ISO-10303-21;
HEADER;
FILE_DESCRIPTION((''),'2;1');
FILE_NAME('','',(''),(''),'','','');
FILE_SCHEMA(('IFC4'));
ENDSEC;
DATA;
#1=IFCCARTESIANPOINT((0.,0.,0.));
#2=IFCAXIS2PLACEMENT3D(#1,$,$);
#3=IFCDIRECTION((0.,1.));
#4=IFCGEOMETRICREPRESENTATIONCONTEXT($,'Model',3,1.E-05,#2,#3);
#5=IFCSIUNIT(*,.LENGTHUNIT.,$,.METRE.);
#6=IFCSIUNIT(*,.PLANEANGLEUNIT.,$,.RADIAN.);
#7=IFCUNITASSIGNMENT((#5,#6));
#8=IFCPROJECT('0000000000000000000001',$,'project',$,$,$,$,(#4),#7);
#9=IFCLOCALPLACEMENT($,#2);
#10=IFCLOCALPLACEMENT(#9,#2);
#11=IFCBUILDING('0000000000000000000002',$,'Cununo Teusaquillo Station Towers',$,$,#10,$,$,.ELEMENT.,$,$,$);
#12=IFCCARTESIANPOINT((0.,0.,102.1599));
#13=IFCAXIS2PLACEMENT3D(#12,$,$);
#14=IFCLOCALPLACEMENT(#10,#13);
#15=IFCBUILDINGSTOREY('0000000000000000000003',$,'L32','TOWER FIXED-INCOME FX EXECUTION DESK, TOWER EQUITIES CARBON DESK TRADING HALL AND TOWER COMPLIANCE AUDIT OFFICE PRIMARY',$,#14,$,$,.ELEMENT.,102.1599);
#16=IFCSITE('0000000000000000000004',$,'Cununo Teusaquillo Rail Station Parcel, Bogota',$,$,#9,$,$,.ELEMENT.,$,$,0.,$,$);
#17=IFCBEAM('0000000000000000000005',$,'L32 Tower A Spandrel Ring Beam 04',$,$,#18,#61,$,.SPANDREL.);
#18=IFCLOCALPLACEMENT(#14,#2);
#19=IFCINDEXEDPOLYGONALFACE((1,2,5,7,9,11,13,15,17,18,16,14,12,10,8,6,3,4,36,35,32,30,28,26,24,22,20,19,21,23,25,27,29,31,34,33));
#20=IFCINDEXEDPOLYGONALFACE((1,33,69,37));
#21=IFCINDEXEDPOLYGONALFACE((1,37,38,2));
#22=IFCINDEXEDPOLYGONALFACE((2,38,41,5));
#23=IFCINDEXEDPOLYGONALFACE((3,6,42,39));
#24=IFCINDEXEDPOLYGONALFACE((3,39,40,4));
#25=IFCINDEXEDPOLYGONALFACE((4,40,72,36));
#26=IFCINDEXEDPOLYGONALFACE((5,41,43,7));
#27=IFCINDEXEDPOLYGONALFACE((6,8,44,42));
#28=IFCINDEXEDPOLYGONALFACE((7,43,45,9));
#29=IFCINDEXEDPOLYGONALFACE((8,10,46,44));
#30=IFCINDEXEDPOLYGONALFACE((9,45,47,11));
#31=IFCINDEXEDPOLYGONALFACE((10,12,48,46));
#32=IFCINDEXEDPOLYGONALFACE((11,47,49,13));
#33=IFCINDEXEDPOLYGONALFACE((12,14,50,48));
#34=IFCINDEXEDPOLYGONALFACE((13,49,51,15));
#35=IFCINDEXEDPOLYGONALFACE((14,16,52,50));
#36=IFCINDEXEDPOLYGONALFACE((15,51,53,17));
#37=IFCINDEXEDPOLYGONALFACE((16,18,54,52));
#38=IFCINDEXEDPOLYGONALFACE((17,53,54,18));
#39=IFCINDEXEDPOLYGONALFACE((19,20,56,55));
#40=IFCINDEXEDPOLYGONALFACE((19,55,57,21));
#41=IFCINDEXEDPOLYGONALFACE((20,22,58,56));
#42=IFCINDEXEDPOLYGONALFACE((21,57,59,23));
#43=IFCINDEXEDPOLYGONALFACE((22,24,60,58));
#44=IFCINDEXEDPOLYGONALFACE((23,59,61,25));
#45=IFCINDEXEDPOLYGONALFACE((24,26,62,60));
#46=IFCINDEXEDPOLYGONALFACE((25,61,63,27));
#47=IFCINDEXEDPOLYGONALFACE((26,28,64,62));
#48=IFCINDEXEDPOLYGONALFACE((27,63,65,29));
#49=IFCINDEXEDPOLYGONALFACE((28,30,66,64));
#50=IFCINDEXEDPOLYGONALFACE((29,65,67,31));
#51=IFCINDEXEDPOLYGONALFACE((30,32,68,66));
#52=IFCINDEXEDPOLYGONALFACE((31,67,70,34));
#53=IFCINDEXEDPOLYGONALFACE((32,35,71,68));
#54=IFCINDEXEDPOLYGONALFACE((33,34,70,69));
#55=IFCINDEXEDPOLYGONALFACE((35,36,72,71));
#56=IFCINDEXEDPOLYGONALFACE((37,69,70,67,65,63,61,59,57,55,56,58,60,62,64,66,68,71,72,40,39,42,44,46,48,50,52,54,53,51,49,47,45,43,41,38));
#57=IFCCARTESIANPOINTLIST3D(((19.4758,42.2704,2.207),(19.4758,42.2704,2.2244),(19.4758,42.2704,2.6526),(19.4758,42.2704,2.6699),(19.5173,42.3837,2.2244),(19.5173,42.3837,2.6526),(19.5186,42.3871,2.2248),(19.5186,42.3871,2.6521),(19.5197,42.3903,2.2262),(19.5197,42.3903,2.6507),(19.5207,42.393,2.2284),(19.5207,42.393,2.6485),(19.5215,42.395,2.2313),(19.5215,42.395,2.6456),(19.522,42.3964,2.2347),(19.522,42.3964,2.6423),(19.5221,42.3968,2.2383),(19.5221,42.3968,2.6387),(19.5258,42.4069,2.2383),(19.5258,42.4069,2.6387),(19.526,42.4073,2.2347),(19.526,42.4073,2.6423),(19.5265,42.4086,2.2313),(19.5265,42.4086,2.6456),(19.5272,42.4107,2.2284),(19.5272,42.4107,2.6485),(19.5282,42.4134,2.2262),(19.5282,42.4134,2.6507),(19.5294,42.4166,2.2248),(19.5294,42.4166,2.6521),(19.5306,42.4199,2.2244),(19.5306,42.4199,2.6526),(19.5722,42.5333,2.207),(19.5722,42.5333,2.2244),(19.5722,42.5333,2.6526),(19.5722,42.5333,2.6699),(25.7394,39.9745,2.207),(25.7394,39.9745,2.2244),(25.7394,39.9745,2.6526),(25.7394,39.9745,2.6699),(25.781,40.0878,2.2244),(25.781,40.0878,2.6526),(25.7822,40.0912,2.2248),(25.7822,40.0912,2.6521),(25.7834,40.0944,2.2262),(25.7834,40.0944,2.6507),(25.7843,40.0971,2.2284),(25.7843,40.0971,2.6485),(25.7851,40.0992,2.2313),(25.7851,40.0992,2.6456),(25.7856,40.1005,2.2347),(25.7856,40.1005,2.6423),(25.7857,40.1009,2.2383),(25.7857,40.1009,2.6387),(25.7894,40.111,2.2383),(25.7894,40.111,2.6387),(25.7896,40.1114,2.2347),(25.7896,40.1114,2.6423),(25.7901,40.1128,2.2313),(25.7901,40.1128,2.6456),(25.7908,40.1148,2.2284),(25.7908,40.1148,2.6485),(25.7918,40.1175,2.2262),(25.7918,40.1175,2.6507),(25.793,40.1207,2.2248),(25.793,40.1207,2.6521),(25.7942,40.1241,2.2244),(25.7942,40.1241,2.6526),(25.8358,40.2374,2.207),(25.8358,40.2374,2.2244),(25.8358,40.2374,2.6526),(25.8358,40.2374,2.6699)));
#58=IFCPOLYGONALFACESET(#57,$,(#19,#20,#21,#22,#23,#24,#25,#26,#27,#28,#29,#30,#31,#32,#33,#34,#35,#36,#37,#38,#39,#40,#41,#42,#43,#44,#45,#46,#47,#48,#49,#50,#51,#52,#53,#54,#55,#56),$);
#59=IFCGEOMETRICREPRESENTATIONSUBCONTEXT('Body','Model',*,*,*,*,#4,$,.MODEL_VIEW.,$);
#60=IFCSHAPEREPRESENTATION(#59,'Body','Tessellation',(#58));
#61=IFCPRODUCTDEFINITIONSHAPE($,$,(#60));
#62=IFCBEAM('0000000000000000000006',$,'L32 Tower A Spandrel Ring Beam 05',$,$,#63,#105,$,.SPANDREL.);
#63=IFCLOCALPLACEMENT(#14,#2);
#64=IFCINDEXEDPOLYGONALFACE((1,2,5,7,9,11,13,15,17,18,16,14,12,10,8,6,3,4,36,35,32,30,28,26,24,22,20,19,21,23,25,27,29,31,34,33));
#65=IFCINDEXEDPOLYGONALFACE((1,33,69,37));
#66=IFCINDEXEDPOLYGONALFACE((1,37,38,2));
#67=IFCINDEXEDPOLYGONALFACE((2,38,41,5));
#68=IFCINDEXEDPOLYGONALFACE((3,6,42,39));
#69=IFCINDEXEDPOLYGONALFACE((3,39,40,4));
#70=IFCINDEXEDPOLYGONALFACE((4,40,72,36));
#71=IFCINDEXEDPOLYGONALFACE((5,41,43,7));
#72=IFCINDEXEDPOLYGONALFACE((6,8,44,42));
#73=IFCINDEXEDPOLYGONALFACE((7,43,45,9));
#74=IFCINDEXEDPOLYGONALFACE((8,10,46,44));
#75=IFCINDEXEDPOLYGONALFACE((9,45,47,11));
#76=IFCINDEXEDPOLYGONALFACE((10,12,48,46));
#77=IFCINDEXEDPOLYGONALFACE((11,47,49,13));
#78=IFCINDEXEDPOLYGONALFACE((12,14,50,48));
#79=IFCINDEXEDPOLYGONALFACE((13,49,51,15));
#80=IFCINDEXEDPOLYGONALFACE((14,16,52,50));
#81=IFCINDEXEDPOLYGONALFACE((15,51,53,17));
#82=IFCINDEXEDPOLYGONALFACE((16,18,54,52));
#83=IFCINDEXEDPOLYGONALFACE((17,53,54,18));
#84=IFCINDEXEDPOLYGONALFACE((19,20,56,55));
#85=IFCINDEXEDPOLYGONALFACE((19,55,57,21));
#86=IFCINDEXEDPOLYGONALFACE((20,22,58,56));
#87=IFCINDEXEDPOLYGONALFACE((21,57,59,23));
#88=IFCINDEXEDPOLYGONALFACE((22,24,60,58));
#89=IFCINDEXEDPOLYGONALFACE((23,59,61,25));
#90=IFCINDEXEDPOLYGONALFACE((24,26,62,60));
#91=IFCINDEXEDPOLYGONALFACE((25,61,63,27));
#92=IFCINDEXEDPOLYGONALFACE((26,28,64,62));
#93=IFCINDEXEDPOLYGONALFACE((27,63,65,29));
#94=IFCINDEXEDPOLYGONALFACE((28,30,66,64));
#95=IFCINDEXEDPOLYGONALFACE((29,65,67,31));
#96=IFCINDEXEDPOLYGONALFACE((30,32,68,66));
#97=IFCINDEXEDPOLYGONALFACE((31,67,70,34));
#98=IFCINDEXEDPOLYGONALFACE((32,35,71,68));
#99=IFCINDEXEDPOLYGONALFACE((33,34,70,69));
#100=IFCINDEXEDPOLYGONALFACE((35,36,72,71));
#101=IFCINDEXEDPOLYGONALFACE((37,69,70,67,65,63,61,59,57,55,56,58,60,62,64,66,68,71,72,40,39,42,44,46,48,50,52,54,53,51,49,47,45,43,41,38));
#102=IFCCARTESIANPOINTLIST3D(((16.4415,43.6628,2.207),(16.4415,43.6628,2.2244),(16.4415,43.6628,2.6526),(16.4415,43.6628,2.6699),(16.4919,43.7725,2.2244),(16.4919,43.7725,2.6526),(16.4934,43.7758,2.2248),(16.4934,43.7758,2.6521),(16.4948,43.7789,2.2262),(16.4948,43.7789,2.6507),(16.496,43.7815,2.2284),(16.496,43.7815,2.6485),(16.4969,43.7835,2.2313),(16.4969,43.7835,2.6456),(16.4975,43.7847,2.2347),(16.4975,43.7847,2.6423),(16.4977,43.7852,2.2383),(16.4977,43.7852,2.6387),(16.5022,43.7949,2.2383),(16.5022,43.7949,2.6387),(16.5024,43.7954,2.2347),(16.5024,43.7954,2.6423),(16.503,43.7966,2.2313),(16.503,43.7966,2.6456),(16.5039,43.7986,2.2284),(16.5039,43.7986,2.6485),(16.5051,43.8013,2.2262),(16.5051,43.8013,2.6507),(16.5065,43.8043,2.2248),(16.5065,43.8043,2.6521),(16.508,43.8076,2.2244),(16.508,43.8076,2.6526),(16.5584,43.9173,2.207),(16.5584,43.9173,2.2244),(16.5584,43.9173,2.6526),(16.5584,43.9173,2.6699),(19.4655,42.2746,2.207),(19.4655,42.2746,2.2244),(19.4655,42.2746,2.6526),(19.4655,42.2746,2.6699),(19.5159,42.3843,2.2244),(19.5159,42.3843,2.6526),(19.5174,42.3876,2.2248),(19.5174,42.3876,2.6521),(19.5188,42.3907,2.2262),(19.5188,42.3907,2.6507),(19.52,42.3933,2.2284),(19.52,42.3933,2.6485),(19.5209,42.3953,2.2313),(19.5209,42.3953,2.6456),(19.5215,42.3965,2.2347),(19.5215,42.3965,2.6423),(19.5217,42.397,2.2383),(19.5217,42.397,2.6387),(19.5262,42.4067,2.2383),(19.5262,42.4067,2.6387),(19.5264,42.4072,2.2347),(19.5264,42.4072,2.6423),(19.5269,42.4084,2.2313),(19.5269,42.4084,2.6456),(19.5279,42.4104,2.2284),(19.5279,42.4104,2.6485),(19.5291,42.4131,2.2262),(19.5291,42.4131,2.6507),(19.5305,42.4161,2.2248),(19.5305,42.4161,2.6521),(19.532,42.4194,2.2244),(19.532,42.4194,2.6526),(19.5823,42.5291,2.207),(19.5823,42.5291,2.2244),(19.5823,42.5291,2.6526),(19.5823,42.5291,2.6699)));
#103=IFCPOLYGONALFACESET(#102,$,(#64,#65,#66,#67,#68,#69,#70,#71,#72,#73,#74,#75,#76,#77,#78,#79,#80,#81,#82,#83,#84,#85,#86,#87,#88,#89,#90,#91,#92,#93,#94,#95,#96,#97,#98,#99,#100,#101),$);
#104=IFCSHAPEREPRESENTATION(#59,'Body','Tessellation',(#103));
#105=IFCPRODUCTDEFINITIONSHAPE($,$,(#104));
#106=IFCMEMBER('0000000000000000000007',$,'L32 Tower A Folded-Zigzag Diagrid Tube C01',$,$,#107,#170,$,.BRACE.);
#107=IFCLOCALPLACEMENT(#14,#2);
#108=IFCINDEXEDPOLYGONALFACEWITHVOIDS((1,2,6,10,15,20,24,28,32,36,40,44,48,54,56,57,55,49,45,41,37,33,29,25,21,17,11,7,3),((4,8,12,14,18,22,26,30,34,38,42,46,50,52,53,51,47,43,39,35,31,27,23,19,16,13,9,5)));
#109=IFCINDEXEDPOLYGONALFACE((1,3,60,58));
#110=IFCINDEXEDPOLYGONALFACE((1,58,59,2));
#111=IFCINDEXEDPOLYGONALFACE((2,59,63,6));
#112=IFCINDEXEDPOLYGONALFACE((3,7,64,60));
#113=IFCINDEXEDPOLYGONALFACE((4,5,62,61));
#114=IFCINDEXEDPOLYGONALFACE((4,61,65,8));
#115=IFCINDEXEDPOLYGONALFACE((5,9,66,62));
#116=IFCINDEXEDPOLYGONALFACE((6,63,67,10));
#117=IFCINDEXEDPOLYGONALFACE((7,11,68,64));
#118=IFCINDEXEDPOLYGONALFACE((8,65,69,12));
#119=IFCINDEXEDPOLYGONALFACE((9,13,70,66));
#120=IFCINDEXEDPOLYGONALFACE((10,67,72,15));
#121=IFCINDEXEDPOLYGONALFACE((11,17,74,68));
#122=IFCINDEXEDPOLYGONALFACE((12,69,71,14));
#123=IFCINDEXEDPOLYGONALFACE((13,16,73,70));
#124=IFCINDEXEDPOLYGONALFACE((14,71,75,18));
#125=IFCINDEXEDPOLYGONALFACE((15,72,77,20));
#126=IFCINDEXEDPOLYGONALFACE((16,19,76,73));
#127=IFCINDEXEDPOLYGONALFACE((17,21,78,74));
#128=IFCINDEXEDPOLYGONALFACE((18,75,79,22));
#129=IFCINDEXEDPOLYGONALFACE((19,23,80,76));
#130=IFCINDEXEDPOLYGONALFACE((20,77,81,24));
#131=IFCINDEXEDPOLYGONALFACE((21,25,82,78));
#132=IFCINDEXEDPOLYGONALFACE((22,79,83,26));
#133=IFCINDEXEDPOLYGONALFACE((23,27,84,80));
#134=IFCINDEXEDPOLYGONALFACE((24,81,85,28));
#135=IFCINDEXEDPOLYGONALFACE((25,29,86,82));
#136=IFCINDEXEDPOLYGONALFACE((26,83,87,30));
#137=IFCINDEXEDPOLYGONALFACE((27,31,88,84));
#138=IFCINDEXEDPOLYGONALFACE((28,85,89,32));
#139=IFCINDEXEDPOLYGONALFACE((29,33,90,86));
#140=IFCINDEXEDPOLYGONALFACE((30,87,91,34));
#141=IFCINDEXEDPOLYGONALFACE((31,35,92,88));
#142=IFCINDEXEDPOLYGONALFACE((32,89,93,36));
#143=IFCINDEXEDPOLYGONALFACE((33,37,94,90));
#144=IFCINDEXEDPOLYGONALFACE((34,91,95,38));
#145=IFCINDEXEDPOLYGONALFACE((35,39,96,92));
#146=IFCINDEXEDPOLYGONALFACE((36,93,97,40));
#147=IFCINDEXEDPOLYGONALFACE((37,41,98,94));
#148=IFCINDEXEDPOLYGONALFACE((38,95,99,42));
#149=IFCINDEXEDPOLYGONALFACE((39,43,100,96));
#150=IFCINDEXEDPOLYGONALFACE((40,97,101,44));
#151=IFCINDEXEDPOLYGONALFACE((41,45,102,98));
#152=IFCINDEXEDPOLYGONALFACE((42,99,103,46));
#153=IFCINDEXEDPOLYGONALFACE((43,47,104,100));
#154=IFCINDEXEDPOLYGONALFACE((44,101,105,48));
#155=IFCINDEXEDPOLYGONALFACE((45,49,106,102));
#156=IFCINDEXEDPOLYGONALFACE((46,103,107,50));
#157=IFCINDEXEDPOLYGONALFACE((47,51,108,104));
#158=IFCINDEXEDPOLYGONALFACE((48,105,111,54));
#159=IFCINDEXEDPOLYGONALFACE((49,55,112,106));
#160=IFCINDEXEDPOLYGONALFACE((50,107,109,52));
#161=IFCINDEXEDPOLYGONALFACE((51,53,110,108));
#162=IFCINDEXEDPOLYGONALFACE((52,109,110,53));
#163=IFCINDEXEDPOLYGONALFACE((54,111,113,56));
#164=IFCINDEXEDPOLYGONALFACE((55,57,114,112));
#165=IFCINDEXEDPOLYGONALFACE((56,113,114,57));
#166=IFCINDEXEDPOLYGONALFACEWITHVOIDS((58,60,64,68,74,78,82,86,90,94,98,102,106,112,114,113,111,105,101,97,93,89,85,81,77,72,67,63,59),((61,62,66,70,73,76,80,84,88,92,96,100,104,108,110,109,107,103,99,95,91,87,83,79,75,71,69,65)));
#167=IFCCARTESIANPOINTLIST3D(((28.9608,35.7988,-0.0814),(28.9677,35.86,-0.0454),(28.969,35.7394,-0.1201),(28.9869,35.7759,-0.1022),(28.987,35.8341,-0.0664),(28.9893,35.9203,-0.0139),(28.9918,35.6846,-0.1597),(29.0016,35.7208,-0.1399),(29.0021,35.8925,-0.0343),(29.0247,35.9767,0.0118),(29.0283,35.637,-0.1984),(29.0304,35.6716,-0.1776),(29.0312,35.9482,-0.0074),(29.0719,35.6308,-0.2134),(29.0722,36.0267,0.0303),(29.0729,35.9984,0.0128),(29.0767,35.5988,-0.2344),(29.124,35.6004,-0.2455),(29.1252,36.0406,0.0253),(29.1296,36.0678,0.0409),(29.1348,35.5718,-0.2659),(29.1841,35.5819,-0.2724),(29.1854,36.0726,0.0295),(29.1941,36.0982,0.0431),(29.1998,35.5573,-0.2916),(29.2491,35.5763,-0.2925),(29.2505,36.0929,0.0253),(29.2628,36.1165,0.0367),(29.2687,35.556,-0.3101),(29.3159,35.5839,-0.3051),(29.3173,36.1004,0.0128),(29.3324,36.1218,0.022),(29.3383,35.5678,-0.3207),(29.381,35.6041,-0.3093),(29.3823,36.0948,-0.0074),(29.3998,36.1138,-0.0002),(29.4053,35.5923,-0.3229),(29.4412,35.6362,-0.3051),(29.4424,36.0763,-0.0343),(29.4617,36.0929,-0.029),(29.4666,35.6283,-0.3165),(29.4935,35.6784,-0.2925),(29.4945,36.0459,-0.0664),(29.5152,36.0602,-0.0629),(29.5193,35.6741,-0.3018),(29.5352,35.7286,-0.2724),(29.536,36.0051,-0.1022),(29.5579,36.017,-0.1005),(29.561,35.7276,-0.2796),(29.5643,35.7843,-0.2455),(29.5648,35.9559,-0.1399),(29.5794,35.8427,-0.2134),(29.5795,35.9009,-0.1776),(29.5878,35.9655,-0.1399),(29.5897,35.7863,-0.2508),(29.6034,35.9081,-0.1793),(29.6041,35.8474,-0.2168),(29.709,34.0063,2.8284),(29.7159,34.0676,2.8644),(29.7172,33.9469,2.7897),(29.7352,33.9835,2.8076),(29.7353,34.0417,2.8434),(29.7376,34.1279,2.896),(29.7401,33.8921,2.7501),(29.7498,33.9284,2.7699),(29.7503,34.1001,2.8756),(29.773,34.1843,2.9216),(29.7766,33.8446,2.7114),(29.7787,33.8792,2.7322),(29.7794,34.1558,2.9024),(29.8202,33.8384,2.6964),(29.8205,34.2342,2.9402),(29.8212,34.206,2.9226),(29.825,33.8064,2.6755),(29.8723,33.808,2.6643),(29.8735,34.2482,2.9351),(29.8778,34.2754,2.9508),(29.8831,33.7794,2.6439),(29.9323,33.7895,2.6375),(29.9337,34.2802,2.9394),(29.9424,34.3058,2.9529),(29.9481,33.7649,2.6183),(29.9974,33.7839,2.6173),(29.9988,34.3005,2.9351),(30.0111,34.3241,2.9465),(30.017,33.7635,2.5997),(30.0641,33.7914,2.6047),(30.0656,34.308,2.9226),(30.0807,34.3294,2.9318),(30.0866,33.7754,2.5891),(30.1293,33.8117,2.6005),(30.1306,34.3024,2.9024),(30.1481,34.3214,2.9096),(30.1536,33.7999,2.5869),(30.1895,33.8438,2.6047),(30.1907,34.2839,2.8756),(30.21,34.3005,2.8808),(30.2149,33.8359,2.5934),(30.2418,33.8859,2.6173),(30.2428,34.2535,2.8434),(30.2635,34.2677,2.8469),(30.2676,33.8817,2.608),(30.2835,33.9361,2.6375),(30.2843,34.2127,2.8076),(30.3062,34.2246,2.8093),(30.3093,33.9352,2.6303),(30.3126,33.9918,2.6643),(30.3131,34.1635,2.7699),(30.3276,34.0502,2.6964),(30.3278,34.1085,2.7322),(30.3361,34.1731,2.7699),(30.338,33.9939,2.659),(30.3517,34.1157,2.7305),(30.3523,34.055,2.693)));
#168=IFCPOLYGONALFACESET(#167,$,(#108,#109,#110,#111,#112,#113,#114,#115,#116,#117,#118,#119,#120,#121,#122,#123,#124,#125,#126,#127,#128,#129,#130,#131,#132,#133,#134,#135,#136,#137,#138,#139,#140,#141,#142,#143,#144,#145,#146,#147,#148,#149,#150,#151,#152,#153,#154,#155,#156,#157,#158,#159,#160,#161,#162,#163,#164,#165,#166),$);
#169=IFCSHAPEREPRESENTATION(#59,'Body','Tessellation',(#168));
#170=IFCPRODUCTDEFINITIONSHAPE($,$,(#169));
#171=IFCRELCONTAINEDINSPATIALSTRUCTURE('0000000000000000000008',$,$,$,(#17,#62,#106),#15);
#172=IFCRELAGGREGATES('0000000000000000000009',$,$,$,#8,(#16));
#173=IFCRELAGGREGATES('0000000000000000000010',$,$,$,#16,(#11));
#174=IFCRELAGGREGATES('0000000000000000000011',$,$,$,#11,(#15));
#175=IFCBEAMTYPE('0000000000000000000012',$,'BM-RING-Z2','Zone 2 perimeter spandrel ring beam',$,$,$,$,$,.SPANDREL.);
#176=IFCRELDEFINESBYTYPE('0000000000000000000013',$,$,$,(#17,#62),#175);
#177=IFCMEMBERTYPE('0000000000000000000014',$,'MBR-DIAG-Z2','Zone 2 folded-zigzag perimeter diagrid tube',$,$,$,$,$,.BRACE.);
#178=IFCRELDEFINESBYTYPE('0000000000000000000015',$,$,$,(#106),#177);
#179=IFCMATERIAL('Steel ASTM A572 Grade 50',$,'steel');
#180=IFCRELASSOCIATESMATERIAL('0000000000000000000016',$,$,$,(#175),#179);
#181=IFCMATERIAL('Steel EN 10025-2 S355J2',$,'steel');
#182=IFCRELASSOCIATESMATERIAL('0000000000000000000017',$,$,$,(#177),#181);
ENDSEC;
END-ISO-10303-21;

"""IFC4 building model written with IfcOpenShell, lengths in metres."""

from ifc_helpers import new_model, si_unit, direction, frame, origin, origin_2d, place, context, subcontext, project, spatial, hollow_circle, i_section, extrude, material, material_profile, profile_set, type_object, element, save


model = new_model("IFC4")

# Units and contexts
model_context = context("Model", 3, precision=1e-05, world=origin(), true_north=direction((0.0, 1.0)))
body_context = subcontext(model_context, "Body", "Model", "MODEL_VIEW")
ifc_project = project(units=[si_unit("LENGTHUNIT", "METRE"), si_unit("PLANEANGLEUNIT", "RADIAN")], contexts=[model_context])

# Site, building, storey
site_placement = place(None, origin())
site = spatial("IfcSite", under=ifc_project, at=site_placement, Name="Cununo Teusaquillo Rail Station Parcel, Bogota", CompositionType="ELEMENT", RefElevation=0.0)
building_placement = place(site_placement, origin())
building = spatial("IfcBuilding", under=site, at=building_placement, Name="Cununo Teusaquillo Station Towers", CompositionType="ELEMENT")
storey_placement = place(building_placement, frame((0.0, 0.0, 102.1599)))
storey = spatial("IfcBuildingStorey", under=building, at=storey_placement, Name="L32", Description="TOWER FIXED-INCOME FX EXECUTION DESK, TOWER EQUITIES CARBON DESK TRADING HALL AND TOWER COMPLIANCE AUDIT OFFICE PRIMARY", CompositionType="ELEMENT", Elevation=102.1599)

# Beams
ifc_material_1 = material(Name="Steel ASTM A572 Grade 50", Category="steel")
ifc_material_profile_1 = material_profile(ifc_material_1, i_section(OverallWidth=0.28, OverallDepth=0.4629, WebThickness=0.0107, FlangeThickness=0.0173, FilletRadius=0.0139, at=origin_2d()), Name="W18X76")
ifc_profile_set_1 = profile_set([ifc_material_profile_1], Name="Steel ASTM A572 Grade 50")
beam_type_1 = type_object("IfcBeamType", Name="BM-RING-Z2", Description="Zone 2 perimeter spandrel ring beam", PredefinedType="SPANDREL", material=ifc_profile_set_1)
beam_1_placement = place(storey_placement, frame((25.7876, 40.106, 2.4385), z_axis=(-0.938914, 0.344151, 0.0), x_axis=(-0.344151, -0.938914, 0.0)))
element("IfcBeam", 1, at=beam_1_placement, inside=storey, type_object=beam_type_1, Name="L32 Tower A Spandrel Ring Beam 04", PredefinedType="SPANDREL", context=body_context, shape_type="SweptSolid", body=[
    extrude(i_section(OverallWidth=0.28, OverallDepth=0.4629, WebThickness=0.0107, FlangeThickness=0.0173, FilletRadius=0.0139, at=origin_2d()), origin(), (0.0, 0.0, 1.0), 6.6711),
])
beam_2_placement = place(storey_placement, frame((19.5239, 42.4019, 2.4385), z_axis=(-0.908812, 0.417205, 0.0), x_axis=(-0.417205, -0.908812, 0.0)))
element("IfcBeam", 2, at=beam_2_placement, inside=storey, type_object=beam_type_1, Name="L32 Tower A Spandrel Ring Beam 05", PredefinedType="SPANDREL", context=body_context, shape_type="SweptSolid", body=[
    extrude(i_section(OverallWidth=0.28, OverallDepth=0.4629, WebThickness=0.0107, FlangeThickness=0.0173, FilletRadius=0.0139, at=origin_2d()), origin(), (0.0, 0.0, 1.0), 3.3274),
])

# Member
ifc_material_2 = material(Name="Steel EN 10025-2 S355J2", Category="steel")
ifc_material_profile_2 = material_profile(ifc_material_2, hollow_circle(Radius=0.3301, WallThickness=0.0249, at=origin_2d()), Name="CHS 660x25")
ifc_profile_set_2 = profile_set([ifc_material_profile_2], Name="Steel EN 10025-2 S355J2")
member_type = type_object("IfcMemberType", Name="MBR-DIAG-Z2", Description="Zone 2 folded-zigzag perimeter diagrid tube", PredefinedType="BRACE", material=ifc_profile_set_2)
member_1_placement = place(storey_placement, frame((29.2832, 35.8384, -0.1399), z_axis=(0.21388, -0.512336, 0.831726), x_axis=(0.922816, 0.38524, 0.0)))
element("IfcMember", 3, at=member_1_placement, inside=storey, type_object=member_type, Name="L32 Tower A Folded-Zigzag Diagrid Tube C01", PredefinedType="BRACE", context=body_context, shape_type="SweptSolid", body=[
    extrude(hollow_circle(Radius=0.3301, WallThickness=0.0249, at=origin_2d()), origin(), (0.0, 0.0, 1.0), 3.4985),
])

save(model, "model.ifc")
